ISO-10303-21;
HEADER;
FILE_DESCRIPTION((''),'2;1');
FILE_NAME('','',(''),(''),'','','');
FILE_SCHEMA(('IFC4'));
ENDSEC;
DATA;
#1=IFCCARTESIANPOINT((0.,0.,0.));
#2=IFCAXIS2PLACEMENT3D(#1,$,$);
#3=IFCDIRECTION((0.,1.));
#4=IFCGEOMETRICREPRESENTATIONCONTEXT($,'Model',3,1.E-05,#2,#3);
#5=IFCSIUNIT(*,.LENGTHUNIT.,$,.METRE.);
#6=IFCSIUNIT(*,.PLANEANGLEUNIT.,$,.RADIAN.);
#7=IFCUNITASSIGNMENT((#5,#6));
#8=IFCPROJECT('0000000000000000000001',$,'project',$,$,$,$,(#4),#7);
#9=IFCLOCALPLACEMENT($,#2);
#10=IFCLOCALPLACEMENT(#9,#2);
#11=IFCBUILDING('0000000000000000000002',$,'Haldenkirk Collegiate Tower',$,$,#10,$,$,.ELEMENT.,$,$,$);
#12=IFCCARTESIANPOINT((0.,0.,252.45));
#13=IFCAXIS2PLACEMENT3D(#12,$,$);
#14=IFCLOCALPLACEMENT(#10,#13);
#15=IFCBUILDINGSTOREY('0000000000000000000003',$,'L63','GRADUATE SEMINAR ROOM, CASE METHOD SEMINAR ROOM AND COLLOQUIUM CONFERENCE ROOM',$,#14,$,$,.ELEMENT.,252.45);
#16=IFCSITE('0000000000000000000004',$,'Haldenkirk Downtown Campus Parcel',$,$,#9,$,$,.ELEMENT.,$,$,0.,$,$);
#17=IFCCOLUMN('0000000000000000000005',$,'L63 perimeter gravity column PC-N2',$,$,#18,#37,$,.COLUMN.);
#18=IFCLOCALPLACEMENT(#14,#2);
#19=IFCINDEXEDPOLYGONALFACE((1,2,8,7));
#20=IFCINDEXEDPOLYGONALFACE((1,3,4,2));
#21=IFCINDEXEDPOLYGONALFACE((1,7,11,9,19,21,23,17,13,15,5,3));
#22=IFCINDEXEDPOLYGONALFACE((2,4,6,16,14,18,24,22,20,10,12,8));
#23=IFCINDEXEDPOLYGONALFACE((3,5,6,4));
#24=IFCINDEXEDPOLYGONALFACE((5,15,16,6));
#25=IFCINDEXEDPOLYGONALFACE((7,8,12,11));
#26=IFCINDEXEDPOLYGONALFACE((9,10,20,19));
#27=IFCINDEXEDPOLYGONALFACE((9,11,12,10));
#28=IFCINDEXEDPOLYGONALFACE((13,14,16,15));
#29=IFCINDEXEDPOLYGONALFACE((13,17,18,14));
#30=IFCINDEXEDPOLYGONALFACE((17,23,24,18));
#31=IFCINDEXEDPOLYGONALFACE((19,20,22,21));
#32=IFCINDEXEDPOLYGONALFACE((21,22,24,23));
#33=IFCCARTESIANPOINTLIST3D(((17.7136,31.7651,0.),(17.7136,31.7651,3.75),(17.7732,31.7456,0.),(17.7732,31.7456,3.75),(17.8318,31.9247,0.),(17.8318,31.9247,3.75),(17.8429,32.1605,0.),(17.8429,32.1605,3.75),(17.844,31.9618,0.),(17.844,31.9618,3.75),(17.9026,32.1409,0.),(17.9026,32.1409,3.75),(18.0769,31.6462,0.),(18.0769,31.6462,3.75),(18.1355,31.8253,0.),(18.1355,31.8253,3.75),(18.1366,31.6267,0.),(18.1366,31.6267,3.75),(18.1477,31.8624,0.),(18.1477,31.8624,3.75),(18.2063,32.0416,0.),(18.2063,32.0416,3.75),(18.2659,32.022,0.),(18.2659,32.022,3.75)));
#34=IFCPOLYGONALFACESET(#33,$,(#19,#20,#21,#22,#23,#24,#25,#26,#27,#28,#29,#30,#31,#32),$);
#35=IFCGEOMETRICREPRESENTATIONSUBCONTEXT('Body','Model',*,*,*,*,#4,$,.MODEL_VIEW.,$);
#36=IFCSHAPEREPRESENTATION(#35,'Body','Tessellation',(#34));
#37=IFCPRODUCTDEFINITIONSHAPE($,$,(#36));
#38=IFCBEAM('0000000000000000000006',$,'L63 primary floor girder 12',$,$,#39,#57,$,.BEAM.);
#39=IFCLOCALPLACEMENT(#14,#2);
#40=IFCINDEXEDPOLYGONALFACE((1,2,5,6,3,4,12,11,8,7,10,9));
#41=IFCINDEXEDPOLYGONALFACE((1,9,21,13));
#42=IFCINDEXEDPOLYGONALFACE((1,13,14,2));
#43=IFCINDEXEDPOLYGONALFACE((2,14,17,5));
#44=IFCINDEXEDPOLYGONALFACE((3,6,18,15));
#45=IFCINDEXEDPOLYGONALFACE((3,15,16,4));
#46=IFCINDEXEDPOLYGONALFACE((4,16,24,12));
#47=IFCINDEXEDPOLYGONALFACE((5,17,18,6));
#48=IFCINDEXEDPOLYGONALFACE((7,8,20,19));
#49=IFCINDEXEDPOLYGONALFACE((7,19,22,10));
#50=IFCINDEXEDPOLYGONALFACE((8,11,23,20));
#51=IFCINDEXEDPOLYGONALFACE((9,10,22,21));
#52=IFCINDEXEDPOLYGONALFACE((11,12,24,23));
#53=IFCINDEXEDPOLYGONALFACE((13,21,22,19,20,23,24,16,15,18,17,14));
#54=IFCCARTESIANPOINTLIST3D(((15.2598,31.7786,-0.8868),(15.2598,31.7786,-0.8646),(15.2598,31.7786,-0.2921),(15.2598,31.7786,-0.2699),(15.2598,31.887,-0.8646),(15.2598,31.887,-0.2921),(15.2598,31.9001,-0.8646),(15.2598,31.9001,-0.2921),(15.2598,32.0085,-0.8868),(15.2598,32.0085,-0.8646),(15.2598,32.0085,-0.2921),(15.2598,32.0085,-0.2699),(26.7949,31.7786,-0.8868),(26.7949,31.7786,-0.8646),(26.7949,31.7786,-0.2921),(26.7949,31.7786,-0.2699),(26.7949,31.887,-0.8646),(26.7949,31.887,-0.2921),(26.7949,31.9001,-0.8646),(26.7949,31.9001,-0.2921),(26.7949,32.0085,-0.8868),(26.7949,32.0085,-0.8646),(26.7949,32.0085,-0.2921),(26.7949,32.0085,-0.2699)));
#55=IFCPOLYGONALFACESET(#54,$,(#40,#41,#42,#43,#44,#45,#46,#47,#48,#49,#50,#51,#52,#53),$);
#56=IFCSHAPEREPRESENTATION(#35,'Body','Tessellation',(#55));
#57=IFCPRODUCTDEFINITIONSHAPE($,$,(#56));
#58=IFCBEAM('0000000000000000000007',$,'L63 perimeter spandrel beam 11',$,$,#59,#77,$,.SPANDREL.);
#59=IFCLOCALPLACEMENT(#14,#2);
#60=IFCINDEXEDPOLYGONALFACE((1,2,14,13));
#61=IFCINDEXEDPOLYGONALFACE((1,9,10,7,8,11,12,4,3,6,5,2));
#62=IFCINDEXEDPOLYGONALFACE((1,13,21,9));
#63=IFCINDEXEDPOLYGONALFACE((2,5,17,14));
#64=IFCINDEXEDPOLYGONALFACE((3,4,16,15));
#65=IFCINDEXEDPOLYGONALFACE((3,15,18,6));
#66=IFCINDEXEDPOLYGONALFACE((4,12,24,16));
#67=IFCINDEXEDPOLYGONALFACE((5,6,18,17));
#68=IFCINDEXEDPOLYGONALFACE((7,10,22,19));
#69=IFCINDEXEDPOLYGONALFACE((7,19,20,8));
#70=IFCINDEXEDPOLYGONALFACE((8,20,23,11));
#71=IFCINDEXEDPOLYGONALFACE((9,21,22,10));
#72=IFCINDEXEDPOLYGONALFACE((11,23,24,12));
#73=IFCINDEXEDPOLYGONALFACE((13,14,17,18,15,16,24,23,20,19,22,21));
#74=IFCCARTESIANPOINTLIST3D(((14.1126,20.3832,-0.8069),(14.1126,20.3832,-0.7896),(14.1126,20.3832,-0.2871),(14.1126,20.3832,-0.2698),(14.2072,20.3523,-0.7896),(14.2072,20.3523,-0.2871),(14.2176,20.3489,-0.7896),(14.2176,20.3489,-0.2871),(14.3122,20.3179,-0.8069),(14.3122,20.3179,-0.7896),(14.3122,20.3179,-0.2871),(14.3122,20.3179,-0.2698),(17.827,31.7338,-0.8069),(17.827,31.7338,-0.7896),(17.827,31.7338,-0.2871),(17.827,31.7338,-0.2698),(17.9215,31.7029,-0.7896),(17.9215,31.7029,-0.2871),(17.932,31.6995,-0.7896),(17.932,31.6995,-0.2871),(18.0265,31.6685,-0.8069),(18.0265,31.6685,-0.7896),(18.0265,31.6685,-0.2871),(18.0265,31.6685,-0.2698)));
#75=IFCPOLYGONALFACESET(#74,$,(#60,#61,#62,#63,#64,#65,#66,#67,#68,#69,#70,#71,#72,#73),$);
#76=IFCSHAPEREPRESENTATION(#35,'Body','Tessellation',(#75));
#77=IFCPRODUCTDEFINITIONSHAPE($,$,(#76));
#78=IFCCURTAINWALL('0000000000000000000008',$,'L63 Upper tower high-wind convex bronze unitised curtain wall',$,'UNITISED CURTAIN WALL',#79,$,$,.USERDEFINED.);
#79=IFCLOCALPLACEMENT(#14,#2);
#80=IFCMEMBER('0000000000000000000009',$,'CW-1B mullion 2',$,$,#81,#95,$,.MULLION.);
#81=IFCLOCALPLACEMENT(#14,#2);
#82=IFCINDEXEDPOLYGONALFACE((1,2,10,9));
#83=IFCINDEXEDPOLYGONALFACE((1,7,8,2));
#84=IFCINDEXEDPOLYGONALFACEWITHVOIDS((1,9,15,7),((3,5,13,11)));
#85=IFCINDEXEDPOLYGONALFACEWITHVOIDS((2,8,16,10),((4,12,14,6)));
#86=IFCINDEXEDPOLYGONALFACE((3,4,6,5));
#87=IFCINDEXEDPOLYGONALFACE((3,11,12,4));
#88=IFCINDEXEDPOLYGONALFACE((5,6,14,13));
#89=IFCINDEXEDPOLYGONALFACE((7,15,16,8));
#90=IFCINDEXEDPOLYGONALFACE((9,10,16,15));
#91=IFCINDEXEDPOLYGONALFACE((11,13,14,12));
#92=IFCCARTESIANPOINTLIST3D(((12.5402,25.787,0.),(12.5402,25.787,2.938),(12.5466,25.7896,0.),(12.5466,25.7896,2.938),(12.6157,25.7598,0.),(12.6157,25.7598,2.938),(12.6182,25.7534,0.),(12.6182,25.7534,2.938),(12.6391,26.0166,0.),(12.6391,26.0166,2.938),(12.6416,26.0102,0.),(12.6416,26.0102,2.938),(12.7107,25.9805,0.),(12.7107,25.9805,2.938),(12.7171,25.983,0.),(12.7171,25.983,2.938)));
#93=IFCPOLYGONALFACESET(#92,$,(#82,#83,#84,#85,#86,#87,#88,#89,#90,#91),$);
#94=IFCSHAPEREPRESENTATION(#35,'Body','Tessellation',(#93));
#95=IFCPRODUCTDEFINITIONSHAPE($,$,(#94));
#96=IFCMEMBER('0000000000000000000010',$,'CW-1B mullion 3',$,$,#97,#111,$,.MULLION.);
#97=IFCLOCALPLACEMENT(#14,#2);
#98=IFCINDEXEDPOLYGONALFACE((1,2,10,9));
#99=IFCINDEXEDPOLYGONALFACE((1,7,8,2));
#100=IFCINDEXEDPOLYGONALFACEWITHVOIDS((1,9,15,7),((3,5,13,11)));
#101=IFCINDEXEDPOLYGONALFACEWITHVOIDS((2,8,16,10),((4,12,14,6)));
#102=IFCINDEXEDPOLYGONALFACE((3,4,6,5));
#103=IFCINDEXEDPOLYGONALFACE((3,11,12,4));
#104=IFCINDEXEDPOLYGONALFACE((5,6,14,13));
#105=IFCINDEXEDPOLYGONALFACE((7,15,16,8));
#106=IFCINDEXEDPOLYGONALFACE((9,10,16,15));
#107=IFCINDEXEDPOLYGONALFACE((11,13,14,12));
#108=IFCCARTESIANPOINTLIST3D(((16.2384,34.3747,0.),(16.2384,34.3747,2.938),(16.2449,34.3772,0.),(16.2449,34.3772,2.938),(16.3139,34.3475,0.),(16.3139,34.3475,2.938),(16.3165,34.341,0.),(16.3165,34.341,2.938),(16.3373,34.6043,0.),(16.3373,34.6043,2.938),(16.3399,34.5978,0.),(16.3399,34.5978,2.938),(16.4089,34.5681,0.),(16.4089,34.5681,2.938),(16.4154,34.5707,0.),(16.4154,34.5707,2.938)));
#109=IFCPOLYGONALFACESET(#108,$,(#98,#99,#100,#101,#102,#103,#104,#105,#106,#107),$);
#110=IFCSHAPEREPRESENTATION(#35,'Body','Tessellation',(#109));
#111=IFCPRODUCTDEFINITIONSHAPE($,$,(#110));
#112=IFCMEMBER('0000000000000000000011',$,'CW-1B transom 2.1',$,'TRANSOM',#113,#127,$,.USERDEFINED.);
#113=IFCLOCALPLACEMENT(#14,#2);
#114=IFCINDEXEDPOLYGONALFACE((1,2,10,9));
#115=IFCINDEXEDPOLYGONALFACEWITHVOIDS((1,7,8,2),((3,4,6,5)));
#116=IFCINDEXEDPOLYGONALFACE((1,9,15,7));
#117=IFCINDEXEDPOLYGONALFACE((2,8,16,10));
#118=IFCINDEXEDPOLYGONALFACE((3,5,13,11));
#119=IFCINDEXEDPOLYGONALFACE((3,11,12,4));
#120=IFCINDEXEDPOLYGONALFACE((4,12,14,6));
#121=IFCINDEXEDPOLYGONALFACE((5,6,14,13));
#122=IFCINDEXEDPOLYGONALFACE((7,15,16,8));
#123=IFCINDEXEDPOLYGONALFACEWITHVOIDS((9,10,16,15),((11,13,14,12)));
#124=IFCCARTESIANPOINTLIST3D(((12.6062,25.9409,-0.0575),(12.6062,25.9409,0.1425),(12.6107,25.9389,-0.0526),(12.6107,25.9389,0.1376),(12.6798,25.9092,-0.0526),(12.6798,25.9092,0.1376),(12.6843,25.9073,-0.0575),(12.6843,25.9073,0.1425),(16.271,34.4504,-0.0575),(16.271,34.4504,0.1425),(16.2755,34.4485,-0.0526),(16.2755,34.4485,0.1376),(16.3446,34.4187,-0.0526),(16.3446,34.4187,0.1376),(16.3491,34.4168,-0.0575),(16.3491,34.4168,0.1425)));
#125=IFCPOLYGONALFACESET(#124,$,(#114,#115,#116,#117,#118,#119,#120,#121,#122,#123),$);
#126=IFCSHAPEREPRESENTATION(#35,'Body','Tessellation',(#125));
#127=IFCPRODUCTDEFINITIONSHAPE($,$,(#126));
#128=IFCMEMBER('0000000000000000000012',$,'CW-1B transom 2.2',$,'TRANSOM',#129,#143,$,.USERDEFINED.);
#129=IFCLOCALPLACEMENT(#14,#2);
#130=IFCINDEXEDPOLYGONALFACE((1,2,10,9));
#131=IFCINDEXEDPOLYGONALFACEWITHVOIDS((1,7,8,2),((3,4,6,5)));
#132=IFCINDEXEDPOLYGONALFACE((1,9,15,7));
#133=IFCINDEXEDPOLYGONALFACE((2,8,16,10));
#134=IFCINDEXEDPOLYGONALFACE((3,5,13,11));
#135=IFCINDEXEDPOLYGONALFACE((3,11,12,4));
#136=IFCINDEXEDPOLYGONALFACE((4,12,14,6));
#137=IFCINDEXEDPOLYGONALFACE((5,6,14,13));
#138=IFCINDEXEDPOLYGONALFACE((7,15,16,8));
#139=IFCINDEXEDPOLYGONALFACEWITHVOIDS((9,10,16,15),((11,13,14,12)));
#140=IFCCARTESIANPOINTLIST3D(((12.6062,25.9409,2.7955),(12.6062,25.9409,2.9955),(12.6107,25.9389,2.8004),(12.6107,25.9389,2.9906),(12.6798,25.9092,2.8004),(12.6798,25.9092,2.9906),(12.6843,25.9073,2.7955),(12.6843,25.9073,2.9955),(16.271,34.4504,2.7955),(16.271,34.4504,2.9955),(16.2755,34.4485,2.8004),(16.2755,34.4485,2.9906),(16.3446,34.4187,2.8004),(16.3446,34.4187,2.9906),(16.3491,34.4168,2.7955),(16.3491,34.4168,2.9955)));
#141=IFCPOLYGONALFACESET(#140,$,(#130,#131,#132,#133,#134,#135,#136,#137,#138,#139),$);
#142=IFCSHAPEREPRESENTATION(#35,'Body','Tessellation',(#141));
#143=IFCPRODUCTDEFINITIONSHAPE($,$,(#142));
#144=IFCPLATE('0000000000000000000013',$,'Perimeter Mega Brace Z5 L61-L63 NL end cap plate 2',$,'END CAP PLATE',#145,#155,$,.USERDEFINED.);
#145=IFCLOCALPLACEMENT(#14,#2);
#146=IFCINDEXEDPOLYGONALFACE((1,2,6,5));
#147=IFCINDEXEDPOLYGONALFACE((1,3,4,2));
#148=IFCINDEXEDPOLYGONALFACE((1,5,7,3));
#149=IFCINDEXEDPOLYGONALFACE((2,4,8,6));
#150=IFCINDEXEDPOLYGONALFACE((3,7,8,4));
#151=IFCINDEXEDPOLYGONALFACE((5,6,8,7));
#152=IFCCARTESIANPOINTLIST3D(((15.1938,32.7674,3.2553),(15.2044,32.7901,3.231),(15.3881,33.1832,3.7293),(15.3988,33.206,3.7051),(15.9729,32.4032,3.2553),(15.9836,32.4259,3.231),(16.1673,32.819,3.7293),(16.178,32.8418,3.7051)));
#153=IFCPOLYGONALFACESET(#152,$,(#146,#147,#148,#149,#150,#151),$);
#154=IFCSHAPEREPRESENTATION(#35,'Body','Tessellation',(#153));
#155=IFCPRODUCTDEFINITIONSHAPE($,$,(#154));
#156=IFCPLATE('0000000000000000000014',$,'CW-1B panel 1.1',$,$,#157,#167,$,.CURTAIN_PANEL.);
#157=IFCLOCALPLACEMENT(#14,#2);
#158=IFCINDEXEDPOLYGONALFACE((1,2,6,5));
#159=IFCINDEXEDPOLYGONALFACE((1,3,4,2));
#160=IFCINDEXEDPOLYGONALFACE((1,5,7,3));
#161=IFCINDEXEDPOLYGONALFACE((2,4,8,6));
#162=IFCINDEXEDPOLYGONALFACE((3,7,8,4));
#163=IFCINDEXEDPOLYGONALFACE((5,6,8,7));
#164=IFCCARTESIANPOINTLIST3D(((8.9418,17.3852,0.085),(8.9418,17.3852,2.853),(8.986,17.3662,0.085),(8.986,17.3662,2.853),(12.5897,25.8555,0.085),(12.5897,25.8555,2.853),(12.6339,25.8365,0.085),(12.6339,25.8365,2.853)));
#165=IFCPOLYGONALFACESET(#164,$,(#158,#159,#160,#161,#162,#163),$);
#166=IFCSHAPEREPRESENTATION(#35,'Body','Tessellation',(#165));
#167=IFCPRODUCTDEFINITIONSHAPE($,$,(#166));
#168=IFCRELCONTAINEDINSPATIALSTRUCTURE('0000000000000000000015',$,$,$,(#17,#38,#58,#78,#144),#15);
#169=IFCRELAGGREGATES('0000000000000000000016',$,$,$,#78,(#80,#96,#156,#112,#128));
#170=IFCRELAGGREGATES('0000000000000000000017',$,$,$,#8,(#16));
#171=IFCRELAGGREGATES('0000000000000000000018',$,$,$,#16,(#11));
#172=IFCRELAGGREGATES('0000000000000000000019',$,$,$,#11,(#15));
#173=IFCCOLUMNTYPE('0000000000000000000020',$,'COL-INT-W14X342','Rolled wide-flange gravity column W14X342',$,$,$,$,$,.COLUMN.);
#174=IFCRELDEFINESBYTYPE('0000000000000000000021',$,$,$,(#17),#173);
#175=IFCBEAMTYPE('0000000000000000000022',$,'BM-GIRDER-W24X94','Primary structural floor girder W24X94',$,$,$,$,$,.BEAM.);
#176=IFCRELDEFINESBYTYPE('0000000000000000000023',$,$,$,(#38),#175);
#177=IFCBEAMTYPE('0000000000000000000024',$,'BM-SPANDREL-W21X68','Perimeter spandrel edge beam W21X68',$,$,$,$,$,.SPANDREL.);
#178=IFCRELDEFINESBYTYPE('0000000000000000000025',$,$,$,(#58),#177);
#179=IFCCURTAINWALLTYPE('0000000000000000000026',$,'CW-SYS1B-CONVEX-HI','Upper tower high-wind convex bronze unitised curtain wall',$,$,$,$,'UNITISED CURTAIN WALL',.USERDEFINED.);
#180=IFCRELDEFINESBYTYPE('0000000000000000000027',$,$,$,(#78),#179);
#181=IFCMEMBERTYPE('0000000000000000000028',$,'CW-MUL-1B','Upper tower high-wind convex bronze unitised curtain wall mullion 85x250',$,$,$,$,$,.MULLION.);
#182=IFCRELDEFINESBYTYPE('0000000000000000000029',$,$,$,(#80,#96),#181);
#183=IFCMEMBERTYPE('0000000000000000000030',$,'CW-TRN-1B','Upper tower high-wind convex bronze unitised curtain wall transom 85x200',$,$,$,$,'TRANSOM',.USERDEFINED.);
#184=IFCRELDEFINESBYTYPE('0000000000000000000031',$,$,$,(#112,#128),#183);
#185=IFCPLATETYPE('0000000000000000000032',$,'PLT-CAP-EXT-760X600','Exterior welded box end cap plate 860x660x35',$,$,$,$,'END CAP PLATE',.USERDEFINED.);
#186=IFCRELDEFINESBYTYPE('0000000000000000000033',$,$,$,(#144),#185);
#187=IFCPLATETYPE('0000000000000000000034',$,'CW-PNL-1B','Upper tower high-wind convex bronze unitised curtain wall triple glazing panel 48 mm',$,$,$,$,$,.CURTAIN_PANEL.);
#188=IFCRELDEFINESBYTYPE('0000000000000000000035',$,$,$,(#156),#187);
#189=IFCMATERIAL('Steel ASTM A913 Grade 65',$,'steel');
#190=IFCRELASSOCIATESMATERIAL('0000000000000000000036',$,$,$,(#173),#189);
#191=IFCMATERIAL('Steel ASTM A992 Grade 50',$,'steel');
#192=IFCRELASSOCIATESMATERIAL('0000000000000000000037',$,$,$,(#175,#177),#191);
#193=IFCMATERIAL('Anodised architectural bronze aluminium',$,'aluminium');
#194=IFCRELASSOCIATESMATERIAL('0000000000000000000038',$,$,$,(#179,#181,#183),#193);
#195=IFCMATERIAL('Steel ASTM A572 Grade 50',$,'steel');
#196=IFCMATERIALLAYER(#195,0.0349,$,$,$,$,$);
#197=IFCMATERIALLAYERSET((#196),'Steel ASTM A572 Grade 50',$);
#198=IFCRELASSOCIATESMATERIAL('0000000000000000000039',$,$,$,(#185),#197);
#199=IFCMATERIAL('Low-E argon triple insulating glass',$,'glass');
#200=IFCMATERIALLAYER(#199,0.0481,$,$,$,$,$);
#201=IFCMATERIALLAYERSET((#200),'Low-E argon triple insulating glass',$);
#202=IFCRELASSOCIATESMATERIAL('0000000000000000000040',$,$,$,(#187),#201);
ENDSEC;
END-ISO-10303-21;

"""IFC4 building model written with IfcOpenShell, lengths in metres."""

from ifc_helpers import new_model, si_unit, direction, frame, origin, origin_2d, place, context, subcontext, project, spatial, rectangle, hollow_rectangle, i_section, extrude, source, transform, mapped, material, layer, layer_set, material_profile, profile_set, type_object, element, aggregate, save


model = new_model("IFC4")

# Units and contexts
model_context = context("Model", 3, precision=1e-05, world=origin(), true_north=direction((0.0, 1.0)))
body_context = subcontext(model_context, "Body", "Model", "MODEL_VIEW")
ifc_project = project(units=[si_unit("LENGTHUNIT", "METRE"), si_unit("PLANEANGLEUNIT", "RADIAN")], contexts=[model_context])

# Site, building, storey
site_placement = place(None, origin())
site = spatial("IfcSite", under=ifc_project, at=site_placement, Name="Haldenkirk Downtown Campus Parcel", CompositionType="ELEMENT", RefElevation=0.0)
building_placement = place(site_placement, origin())
building = spatial("IfcBuilding", under=site, at=building_placement, Name="Haldenkirk Collegiate Tower", CompositionType="ELEMENT")
storey_placement = place(building_placement, frame((0.0, 0.0, 252.45)))
storey = spatial("IfcBuildingStorey", under=building, at=storey_placement, Name="L63", Description="GRADUATE SEMINAR ROOM, CASE METHOD SEMINAR ROOM AND COLLOQUIUM CONFERENCE ROOM", CompositionType="ELEMENT", Elevation=252.45)

# Column
ifc_material_1 = material(Name="Steel ASTM A913 Grade 65", Category="steel")
ifc_material_profile_1 = material_profile(ifc_material_1, i_section(OverallWidth=0.416, OverallDepth=0.4451, WebThickness=0.0391, FlangeThickness=0.0627, at=origin_2d()), Name="W14X342")
ifc_profile_set_1 = profile_set([ifc_material_profile_1], Name="Steel ASTM A913 Grade 65")
column_type = type_object("IfcColumnType", Name="COL-INT-W14X342", Description="Rolled wide-flange gravity column W14X342", PredefinedType="COLUMN", material=ifc_profile_set_1)
column_placement = place(storey_placement, frame((17.9897, 31.8936, 0.0), z_axis=(0.0, 0.0, 1.0), x_axis=(0.311008, 0.950407, 0.0)))
element("IfcColumn", 1, at=column_placement, inside=storey, type_object=column_type, Name="L63 perimeter gravity column PC-N2", PredefinedType="COLUMN", context=body_context, shape_type="SweptSolid", body=[
    extrude(i_section(OverallWidth=0.416, OverallDepth=0.4451, WebThickness=0.0391, FlangeThickness=0.0627, at=origin_2d()), origin(), (0.0, 0.0, 1.0), 3.75),
])

# Beams
ifc_material_2 = material(Name="Steel ASTM A992 Grade 50", Category="steel")
ifc_material_profile_2 = material_profile(ifc_material_2, i_section(OverallWidth=0.23, OverallDepth=0.6169, WebThickness=0.0132, FlangeThickness=0.0222, at=origin_2d()), Name="W24X94")
ifc_profile_set_2 = profile_set([ifc_material_profile_2], Name="Steel ASTM A992 Grade 50")
beam_type_1 = type_object("IfcBeamType", Name="BM-GIRDER-W24X94", Description="Primary structural floor girder W24X94", PredefinedType="BEAM", material=ifc_profile_set_2)
beam_1_placement = place(storey_placement, frame((15.2598, 31.8936, -0.5784), z_axis=(1.0, 0.0, 0.0), x_axis=(0.0, 1.0, 0.0)))
element("IfcBeam", 2, at=beam_1_placement, inside=storey, type_object=beam_type_1, Name="L63 primary floor girder 12", PredefinedType="BEAM", context=body_context, shape_type="SweptSolid", body=[
    extrude(i_section(OverallWidth=0.23, OverallDepth=0.6169, WebThickness=0.0132, FlangeThickness=0.0222, at=origin_2d()), origin(), (0.0, 0.0, 1.0), 11.5352),
])
ifc_material_profile_3 = material_profile(ifc_material_2, i_section(OverallWidth=0.21, OverallDepth=0.5371, WebThickness=0.011, FlangeThickness=0.0173, at=origin_2d()), Name="W21X68")
ifc_profile_set_3 = profile_set([ifc_material_profile_3], Name="Steel ASTM A992 Grade 50")
beam_type_2 = type_object("IfcBeamType", Name="BM-SPANDREL-W21X68", Description="Perimeter spandrel edge beam W21X68", PredefinedType="SPANDREL", material=ifc_profile_set_3)
beam_2_placement = place(storey_placement, frame((17.9268, 31.7012, -0.5383), z_axis=(-0.31101, -0.950407, 0.0), x_axis=(0.950407, -0.31101, 0.0)))
element("IfcBeam", 3, at=beam_2_placement, inside=storey, type_object=beam_type_2, Name="L63 perimeter spandrel beam 11", PredefinedType="SPANDREL", context=body_context, shape_type="SweptSolid", body=[
    extrude(i_section(OverallWidth=0.21, OverallDepth=0.5371, WebThickness=0.011, FlangeThickness=0.0173, at=origin_2d()), origin(), (0.0, 0.0, 1.0), 11.9429),
])

# Curtain wall, members
ifc_material_3 = material(Name="Anodised architectural bronze aluminium", Category="aluminium")
curtain_wall_type = type_object("IfcCurtainWallType", Name="CW-SYS1B-CONVEX-HI", Description="Upper tower high-wind convex bronze unitised curtain wall", ElementType="UNITISED CURTAIN WALL", PredefinedType="USERDEFINED", material=ifc_material_3)
curtain_wall_placement = place(storey_placement, origin())
curtain_wall = element("IfcCurtainWall", 4, at=curtain_wall_placement, inside=storey, type_object=curtain_wall_type, Name="L63 Upper tower high-wind convex bronze unitised curtain wall", ObjectType="UNITISED CURTAIN WALL", PredefinedType="USERDEFINED")
ifc_material_profile_4 = material_profile(ifc_material_3, hollow_rectangle(XDim=0.085, YDim=0.25, WallThickness=0.0049, at=origin_2d()), Name="CW-MUL-1B")
ifc_profile_set_4 = profile_set([ifc_material_profile_4], Name="Anodised architectural bronze aluminium")
member_type_1 = type_object("IfcMemberType", Name="CW-MUL-1B", Description="Upper tower high-wind convex bronze unitised curtain wall mullion 85x250", PredefinedType="MULLION", material=ifc_profile_set_4)
member_1_placement = place(storey_placement, frame((12.6287, 25.885, 0.0), z_axis=(0.0, 0.0, 1.0), x_axis=(-0.918446, 0.395545, 0.0)))
member_1 = element("IfcMember", 5, at=member_1_placement, type_object=member_type_1, Name="CW-1B mullion 2", PredefinedType="MULLION", context=body_context, shape_type="SweptSolid", body=[
    extrude(hollow_rectangle(XDim=0.085, YDim=0.25, WallThickness=0.0049, at=origin_2d()), origin(), (0.0, 0.0, 1.0), 2.938),
])
member_2_placement = place(storey_placement, frame((16.3269, 34.4727, 0.0), z_axis=(0.0, 0.0, 1.0), x_axis=(-0.918446, 0.395545, 0.0)))
member_2 = element("IfcMember", 6, at=member_2_placement, type_object=member_type_1, Name="CW-1B mullion 3", PredefinedType="MULLION", context=body_context, shape_type="SweptSolid", body=[
    extrude(hollow_rectangle(XDim=0.085, YDim=0.25, WallThickness=0.0049, at=origin_2d()), origin(), (0.0, 0.0, 1.0), 2.938),
])
ifc_material_profile_5 = material_profile(ifc_material_3, hollow_rectangle(XDim=0.085, YDim=0.2, WallThickness=0.0049, at=origin_2d()), Name="CW-TRN-1B")
ifc_profile_set_5 = profile_set([ifc_material_profile_5], Name="Anodised architectural bronze aluminium")
member_type_2 = type_object("IfcMemberType", Name="CW-TRN-1B", Description="Upper tower high-wind convex bronze unitised curtain wall transom 85x200", ElementType="TRANSOM", PredefinedType="USERDEFINED", material=ifc_profile_set_5)
member_3_placement = place(storey_placement, frame((12.6453, 25.9241, 0.0425), z_axis=(0.395547, 0.918446, 0.0), x_axis=(-0.918446, 0.395547, 0.0)))
member_3 = element("IfcMember", 7, at=member_3_placement, type_object=member_type_2, Name="CW-1B transom 2.1", ObjectType="TRANSOM", PredefinedType="USERDEFINED", context=body_context, shape_type="SweptSolid", body=[
    extrude(hollow_rectangle(XDim=0.085, YDim=0.2, WallThickness=0.0049, at=origin_2d()), origin(), (0.0, 0.0, 1.0), 9.2651),
])
member_4_placement = place(storey_placement, frame((12.6453, 25.9241, 2.8955), z_axis=(0.395547, 0.918446, 0.0), x_axis=(-0.918446, 0.395547, 0.0)))
member_4 = element("IfcMember", 8, at=member_4_placement, type_object=member_type_2, Name="CW-1B transom 2.2", ObjectType="TRANSOM", PredefinedType="USERDEFINED", context=body_context, shape_type="SweptSolid", body=[
    extrude(hollow_rectangle(XDim=0.085, YDim=0.2, WallThickness=0.0049, at=origin_2d()), origin(), (0.0, 0.0, 1.0), 9.2651),
])

# Plates
ifc_material_4 = material(Name="Steel ASTM A572 Grade 50", Category="steel")
ifc_layer_1 = layer(ifc_material_4, 0.0349)
ifc_layer_set_1 = layer_set([ifc_layer_1], Name="Steel ASTM A572 Grade 50")
plate_type_1 = type_object("IfcPlateType", Name="PLT-CAP-EXT-760X600", Description="Exterior welded box end cap plate 860x660x35", ElementType="END CAP PLATE", PredefinedType="USERDEFINED", material=ifc_layer_set_1)
shared_shape_1 = source(origin(), body_context, "Body", "SweptSolid", [
    extrude(rectangle(XDim=0.8601, YDim=0.6599, at=origin_2d()), origin(), (0.0, 0.0, 1.0), 0.0349),
])
plate_1_placement = place(storey_placement, frame((15.6912, 32.8159, 3.468), z_axis=(-0.304192, -0.6508, 0.695648), x_axis=(0.905924, -0.42344, 0.0)))
element("IfcPlate", 9, at=plate_1_placement, inside=storey, type_object=plate_type_1, Name="Perimeter Mega Brace Z5 L61-L63 NL end cap plate 2", ObjectType="END CAP PLATE", PredefinedType="USERDEFINED", context=body_context, shape_type="MappedRepresentation", body=[
    mapped(shared_shape_1, transform((0.0, 0.0, 0.0), x_axis=(1.0, 0.0, 0.0), y_axis=(0.0, 1.0, 0.0), z_axis=(0.0, 0.0, 1.0), scale=1.0)),
])
ifc_material_5 = material(Name="Low-E argon triple insulating glass", Category="glass")
ifc_layer_2 = layer(ifc_material_5, 0.0481)
ifc_layer_set_2 = layer_set([ifc_layer_2], Name="Low-E argon triple insulating glass")
plate_type_2 = type_object("IfcPlateType", Name="CW-PNL-1B", Description="Upper tower high-wind convex bronze unitised curtain wall triple glazing panel 48 mm", PredefinedType="CURTAIN_PANEL", material=ifc_layer_set_2)
shared_shape_2 = source(origin(), body_context, "Body", "SweptSolid", [
    extrude(rectangle(XDim=9.2224, YDim=0.0481, at=origin_2d()), origin(), (0.0, 0.0, 1.0), 2.7681),
])
plate_2_placement = place(storey_placement, frame((10.7878, 21.6108, 0.085), z_axis=(0.0, 0.0, 1.0), x_axis=(0.395545, 0.918446, 0.0)))
plate_2 = element("IfcPlate", 10, at=plate_2_placement, type_object=plate_type_2, Name="CW-1B panel 1.1", PredefinedType="CURTAIN_PANEL", context=body_context, shape_type="MappedRepresentation", body=[
    mapped(shared_shape_2, transform((0.0, 0.0, 0.0), x_axis=(1.0, 0.0, 0.0), y_axis=(0.0, 1.0, 0.0), z_axis=(0.0, 0.0, 1.0), scale=1.0)),
])
aggregate(curtain_wall, [member_1, member_2, plate_2, member_3, member_4])

save(model, "model.ifc")
